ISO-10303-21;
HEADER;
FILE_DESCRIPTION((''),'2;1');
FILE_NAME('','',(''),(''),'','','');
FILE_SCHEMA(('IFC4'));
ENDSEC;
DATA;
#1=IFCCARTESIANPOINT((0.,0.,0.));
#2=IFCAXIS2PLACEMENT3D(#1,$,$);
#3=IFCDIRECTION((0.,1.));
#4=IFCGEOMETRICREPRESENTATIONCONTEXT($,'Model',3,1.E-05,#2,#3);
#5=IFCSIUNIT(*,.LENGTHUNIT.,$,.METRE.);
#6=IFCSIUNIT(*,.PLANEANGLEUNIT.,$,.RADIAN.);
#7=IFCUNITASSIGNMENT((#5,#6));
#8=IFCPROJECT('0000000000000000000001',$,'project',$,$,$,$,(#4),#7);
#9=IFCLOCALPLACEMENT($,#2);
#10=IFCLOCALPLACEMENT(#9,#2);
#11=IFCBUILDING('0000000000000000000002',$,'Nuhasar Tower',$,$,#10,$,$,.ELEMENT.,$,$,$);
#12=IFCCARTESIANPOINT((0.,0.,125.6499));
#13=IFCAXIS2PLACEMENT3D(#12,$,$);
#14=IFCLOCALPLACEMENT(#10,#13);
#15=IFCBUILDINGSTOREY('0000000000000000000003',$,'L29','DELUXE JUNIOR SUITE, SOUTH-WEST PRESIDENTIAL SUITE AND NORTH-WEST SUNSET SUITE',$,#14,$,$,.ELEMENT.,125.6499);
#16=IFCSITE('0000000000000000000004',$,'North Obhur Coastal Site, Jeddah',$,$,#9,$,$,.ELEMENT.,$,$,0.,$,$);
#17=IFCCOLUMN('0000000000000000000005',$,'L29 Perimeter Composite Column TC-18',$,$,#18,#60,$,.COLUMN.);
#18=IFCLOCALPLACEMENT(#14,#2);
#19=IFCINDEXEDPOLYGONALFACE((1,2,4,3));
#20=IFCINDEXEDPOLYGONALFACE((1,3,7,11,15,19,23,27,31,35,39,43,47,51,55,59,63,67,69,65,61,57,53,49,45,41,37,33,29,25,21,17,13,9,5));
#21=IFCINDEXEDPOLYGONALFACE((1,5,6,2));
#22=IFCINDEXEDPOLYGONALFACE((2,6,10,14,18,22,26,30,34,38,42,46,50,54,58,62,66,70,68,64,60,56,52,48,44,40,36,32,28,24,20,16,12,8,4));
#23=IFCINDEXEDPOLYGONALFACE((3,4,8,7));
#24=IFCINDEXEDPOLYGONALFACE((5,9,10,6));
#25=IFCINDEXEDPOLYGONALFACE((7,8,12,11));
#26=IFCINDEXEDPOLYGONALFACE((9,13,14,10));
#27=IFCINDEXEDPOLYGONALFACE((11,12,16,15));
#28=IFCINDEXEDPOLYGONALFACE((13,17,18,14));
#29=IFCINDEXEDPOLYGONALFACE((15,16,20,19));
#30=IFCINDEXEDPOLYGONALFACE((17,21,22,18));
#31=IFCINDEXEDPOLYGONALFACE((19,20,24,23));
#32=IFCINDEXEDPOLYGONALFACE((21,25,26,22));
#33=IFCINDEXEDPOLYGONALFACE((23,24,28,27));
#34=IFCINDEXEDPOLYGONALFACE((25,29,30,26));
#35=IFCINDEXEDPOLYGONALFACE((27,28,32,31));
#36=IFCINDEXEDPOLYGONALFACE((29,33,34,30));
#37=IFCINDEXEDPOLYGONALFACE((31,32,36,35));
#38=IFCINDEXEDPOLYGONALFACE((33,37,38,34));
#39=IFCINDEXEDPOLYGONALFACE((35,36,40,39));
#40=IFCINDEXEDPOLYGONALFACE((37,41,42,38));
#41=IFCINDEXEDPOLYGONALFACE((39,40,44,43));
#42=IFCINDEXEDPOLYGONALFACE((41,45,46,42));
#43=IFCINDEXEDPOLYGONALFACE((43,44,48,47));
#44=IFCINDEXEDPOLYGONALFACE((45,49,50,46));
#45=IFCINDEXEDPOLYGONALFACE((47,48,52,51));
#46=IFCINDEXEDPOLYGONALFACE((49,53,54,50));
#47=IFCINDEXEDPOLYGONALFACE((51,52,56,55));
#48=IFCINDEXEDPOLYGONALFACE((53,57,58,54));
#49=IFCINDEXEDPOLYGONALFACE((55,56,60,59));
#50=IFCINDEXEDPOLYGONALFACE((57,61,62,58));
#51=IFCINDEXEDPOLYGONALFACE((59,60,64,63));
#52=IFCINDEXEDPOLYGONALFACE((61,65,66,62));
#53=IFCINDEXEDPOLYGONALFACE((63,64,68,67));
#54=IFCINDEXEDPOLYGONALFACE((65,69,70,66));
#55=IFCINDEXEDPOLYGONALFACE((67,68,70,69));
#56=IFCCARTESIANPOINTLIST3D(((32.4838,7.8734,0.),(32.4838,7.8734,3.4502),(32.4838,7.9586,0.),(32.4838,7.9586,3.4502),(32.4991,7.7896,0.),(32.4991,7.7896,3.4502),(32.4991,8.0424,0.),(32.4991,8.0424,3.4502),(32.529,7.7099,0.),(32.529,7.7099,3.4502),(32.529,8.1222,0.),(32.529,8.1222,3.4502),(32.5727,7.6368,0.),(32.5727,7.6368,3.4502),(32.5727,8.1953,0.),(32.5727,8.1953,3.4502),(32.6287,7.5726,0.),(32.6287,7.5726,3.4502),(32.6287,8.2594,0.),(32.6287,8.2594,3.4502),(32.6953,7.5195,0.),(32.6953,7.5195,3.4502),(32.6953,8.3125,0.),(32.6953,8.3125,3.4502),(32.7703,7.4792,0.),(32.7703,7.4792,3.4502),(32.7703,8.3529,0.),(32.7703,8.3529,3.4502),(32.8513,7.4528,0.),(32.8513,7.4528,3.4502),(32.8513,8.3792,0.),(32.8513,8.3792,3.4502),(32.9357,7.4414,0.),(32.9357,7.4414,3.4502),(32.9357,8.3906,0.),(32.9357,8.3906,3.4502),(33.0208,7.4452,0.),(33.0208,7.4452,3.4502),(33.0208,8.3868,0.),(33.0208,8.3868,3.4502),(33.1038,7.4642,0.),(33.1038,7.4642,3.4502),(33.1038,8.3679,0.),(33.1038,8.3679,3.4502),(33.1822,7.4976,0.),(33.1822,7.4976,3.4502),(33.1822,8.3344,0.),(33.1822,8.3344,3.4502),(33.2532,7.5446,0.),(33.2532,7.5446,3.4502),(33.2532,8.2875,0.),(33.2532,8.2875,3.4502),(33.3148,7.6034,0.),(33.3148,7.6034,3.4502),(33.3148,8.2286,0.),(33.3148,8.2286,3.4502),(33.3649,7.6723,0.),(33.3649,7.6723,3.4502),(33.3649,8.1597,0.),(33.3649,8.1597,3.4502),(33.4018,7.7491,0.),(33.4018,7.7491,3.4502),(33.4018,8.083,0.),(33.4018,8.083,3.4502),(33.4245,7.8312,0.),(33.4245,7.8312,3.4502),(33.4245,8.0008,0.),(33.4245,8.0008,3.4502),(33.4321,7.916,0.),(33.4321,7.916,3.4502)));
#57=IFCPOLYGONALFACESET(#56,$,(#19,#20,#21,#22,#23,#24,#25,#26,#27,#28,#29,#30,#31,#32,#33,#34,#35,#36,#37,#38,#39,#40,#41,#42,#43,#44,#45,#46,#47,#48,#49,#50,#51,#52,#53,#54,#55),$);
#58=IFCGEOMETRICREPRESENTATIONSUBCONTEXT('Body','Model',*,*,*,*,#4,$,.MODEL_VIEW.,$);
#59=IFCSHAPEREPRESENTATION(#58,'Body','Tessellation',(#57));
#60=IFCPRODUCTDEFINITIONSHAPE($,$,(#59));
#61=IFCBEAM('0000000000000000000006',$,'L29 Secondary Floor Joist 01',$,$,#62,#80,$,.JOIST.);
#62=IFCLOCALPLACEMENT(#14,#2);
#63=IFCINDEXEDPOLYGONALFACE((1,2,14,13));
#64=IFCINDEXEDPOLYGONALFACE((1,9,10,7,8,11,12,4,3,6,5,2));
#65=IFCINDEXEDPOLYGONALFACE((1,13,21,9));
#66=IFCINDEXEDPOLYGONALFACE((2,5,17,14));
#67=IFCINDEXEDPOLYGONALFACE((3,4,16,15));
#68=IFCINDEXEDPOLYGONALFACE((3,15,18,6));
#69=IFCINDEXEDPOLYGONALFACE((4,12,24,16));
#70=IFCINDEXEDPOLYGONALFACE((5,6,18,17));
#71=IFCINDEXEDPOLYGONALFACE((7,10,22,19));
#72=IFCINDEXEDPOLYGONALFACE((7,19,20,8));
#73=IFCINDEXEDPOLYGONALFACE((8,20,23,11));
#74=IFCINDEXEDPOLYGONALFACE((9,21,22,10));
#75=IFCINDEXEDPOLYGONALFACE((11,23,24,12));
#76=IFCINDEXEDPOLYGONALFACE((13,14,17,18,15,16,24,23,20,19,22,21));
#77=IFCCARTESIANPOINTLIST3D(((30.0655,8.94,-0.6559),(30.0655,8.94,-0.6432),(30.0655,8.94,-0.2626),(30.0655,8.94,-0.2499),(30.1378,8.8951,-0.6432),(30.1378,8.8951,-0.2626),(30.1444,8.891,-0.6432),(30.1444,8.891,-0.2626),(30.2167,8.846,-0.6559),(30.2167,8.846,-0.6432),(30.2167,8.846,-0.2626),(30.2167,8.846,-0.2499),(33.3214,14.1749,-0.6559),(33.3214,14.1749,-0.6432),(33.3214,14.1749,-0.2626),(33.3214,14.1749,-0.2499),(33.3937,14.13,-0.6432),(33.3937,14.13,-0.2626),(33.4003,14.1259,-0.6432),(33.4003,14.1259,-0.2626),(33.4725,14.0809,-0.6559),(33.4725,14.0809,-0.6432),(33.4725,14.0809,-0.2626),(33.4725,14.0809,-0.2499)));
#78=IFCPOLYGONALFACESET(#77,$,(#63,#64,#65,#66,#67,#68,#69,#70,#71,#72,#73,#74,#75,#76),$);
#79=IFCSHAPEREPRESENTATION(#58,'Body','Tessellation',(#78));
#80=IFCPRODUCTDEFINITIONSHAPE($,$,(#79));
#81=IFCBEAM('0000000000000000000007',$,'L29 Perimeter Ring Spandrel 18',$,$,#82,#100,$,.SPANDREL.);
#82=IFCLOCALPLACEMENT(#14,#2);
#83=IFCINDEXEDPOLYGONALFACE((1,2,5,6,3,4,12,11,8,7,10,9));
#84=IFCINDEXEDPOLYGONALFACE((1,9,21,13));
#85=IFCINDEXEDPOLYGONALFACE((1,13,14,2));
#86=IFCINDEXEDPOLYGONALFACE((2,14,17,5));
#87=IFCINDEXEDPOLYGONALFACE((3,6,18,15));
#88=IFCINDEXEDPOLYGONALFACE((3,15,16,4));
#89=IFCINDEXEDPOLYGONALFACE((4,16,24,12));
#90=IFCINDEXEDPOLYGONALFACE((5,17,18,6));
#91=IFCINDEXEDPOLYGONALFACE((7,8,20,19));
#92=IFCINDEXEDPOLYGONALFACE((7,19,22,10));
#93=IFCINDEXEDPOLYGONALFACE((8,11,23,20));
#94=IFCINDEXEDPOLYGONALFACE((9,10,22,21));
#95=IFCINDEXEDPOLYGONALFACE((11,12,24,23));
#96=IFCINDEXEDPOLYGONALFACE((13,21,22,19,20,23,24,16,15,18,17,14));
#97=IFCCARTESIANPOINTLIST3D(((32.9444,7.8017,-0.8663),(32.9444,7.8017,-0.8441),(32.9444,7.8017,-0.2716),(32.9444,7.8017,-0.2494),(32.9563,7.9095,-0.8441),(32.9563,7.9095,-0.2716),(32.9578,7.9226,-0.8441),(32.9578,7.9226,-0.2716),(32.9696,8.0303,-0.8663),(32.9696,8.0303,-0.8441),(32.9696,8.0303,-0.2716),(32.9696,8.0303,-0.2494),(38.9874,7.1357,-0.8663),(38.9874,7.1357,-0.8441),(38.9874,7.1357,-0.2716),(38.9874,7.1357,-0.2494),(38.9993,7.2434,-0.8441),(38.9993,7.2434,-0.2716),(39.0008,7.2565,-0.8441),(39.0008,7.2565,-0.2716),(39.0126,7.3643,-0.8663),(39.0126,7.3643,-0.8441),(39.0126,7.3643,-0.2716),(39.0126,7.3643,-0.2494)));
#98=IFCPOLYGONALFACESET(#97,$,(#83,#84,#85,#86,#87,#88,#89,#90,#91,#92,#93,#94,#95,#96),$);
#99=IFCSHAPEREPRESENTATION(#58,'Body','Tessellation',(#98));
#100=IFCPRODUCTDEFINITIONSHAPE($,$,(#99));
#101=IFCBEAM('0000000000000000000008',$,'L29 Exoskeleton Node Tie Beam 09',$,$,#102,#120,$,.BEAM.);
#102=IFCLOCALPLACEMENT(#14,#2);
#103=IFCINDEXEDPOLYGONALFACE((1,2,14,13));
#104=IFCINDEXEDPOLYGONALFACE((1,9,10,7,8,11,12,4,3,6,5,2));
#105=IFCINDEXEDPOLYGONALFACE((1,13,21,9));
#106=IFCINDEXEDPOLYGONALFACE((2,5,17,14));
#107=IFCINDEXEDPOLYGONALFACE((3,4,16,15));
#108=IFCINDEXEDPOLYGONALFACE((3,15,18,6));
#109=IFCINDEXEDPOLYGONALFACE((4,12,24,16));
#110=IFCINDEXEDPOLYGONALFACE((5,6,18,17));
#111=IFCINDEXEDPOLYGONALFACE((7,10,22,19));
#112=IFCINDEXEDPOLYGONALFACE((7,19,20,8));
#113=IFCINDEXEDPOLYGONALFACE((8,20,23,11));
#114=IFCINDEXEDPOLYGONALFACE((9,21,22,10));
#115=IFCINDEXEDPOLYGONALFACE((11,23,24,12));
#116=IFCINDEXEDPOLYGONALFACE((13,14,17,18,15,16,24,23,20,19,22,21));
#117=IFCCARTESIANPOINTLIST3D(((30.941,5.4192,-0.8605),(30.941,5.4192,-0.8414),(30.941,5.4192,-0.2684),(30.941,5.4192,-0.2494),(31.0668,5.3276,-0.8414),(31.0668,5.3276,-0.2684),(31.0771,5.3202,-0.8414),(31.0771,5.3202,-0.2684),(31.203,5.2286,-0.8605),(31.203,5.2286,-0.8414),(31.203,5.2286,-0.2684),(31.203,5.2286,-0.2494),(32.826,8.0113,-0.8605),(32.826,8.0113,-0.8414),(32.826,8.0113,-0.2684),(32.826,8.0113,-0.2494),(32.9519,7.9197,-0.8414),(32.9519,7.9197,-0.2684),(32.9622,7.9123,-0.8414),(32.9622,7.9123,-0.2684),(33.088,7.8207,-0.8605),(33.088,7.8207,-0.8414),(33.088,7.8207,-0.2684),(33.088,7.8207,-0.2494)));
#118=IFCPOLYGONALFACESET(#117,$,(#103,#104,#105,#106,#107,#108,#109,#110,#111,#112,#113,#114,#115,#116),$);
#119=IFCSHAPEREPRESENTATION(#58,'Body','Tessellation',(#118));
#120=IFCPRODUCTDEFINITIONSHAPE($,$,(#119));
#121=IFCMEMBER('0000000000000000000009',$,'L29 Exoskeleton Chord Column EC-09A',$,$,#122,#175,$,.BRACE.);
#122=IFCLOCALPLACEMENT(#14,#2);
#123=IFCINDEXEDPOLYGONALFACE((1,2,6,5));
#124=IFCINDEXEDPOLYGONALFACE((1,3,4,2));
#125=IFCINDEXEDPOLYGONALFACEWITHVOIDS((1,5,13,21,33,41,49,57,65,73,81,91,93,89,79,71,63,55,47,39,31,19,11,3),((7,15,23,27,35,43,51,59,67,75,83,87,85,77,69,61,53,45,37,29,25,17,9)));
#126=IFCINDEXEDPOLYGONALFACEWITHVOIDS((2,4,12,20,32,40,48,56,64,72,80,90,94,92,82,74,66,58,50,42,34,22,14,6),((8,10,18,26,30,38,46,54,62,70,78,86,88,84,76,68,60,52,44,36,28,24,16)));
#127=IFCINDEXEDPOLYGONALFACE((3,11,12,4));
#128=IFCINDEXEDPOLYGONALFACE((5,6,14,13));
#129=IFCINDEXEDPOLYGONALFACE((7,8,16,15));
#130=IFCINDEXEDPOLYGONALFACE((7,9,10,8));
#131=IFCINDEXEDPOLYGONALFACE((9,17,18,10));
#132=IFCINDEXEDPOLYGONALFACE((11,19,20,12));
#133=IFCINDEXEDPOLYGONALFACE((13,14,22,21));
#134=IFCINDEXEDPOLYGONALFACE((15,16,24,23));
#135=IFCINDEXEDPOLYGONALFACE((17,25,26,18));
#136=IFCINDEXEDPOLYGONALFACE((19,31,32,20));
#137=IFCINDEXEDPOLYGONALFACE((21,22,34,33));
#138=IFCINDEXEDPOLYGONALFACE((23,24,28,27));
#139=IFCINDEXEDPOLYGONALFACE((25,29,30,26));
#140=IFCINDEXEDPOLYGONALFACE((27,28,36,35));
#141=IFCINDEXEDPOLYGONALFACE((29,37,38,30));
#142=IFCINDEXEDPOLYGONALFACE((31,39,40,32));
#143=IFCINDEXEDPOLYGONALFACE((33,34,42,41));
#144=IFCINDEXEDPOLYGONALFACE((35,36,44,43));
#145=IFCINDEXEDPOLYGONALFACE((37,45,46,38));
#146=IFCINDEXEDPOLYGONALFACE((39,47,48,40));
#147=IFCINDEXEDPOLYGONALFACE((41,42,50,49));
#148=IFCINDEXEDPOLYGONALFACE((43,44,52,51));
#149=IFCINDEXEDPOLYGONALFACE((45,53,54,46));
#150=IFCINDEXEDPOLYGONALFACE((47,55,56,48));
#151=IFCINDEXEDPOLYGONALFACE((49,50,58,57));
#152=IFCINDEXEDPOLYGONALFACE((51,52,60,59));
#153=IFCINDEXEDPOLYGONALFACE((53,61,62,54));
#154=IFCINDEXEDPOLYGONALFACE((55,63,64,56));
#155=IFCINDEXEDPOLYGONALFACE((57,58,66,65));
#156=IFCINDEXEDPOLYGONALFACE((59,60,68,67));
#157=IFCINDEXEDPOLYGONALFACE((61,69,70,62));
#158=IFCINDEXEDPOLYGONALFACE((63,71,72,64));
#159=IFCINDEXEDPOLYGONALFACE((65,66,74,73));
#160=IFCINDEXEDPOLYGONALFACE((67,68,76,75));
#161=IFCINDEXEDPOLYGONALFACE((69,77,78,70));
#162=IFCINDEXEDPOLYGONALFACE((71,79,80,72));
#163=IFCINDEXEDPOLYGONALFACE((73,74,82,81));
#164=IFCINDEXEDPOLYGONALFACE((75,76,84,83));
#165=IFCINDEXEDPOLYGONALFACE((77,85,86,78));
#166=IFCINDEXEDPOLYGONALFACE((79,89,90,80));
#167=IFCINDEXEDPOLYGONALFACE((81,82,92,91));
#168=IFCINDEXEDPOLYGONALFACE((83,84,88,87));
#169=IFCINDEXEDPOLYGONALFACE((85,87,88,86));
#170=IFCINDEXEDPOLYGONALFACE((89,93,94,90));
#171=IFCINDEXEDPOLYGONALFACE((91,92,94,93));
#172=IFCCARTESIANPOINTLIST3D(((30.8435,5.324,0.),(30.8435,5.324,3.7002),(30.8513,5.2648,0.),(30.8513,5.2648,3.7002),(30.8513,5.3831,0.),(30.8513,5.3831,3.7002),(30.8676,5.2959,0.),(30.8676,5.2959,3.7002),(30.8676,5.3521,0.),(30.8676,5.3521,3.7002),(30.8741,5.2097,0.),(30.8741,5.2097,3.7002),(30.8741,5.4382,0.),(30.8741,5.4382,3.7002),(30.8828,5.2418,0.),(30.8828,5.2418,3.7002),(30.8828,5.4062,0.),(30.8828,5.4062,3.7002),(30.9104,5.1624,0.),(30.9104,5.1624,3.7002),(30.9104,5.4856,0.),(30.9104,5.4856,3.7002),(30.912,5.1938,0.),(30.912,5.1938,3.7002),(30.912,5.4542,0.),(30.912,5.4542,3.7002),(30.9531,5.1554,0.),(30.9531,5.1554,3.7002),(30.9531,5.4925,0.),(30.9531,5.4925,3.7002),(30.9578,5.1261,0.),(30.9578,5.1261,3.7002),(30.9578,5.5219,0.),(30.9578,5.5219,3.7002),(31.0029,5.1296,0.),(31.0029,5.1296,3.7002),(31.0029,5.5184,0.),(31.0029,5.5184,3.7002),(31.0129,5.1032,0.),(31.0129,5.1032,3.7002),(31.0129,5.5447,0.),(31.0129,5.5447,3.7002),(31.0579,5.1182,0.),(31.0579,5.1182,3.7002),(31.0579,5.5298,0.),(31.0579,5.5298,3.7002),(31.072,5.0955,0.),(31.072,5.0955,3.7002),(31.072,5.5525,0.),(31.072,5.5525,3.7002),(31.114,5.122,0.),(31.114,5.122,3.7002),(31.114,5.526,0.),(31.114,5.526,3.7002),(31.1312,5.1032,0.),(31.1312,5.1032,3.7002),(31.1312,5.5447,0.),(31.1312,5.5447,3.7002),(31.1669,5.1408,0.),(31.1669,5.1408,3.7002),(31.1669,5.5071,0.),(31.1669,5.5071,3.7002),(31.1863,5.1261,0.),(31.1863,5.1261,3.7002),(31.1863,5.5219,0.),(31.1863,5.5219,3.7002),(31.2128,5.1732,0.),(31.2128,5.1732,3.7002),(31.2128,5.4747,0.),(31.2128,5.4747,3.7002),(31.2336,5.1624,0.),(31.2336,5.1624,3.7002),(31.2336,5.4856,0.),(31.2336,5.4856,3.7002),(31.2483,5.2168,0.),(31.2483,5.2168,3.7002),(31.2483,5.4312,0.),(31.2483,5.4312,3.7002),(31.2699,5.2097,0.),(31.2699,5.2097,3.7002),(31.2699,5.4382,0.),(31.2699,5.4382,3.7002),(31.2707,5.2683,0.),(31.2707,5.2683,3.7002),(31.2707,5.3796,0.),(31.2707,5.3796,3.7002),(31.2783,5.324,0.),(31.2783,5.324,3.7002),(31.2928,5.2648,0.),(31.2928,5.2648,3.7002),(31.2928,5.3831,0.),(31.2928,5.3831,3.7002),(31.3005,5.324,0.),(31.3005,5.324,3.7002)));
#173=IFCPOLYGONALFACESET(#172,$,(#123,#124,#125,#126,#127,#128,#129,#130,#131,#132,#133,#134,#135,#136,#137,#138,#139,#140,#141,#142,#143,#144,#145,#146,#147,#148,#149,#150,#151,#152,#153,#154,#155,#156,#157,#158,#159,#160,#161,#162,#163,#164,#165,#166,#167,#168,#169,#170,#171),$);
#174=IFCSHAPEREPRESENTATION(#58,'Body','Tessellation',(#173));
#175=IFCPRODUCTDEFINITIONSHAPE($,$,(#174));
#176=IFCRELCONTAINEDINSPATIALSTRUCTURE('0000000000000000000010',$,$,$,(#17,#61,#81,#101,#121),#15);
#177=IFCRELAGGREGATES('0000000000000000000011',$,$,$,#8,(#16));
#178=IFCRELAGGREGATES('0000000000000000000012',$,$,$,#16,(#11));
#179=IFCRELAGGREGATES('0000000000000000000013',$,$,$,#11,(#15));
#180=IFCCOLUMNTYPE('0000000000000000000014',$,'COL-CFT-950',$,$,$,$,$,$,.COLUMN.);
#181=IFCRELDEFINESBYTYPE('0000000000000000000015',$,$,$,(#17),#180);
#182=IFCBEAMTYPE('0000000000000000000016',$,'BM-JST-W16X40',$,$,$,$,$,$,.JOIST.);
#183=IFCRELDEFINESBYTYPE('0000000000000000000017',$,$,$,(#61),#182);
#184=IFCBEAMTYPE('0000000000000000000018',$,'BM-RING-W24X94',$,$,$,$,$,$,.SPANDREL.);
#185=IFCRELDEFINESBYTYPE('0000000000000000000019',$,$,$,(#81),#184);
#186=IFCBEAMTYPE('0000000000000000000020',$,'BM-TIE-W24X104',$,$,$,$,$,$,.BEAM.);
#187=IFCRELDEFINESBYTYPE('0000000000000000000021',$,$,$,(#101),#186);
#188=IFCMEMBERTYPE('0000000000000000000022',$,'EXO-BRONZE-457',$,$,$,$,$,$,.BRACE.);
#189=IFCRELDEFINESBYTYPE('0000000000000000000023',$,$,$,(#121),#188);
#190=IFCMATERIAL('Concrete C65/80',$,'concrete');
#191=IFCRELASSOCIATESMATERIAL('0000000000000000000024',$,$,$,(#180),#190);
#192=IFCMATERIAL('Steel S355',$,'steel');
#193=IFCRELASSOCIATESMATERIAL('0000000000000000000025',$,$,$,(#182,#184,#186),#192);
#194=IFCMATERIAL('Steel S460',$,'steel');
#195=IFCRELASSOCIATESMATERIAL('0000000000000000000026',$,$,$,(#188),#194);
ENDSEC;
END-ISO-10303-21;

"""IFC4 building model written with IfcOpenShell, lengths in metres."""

from ifc_helpers import new_model, si_unit, direction, frame, origin, origin_2d, place, context, subcontext, project, spatial, circle, hollow_circle, i_section, extrude, material, material_profile, profile_set, type_object, element, save


model = new_model("IFC4")

# Units and contexts
model_context = context("Model", 3, precision=1e-05, world=origin(), true_north=direction((0.0, 1.0)))
body_context = subcontext(model_context, "Body", "Model", "MODEL_VIEW")
ifc_project = project(units=[si_unit("LENGTHUNIT", "METRE"), si_unit("PLANEANGLEUNIT", "RADIAN")], contexts=[model_context])

# Site, building, storey
site_placement = place(None, origin())
site = spatial("IfcSite", under=ifc_project, at=site_placement, Name="North Obhur Coastal Site, Jeddah", CompositionType="ELEMENT", RefElevation=0.0)
building_placement = place(site_placement, origin())
building = spatial("IfcBuilding", under=site, at=building_placement, Name="Nuhasar Tower", CompositionType="ELEMENT")
storey_placement = place(building_placement, frame((0.0, 0.0, 125.6499)))
storey = spatial("IfcBuildingStorey", under=building, at=storey_placement, Name="L29", Description="DELUXE JUNIOR SUITE, SOUTH-WEST PRESIDENTIAL SUITE AND NORTH-WEST SUNSET SUITE", CompositionType="ELEMENT", Elevation=125.6499)

# Column
ifc_material_1 = material(Name="Concrete C65/80", Category="concrete")
ifc_material_profile_1 = material_profile(ifc_material_1, circle(Radius=0.4751, at=origin_2d()), Name="CFT950")
ifc_profile_set_1 = profile_set([ifc_material_profile_1], Name="Concrete C65/80")
column_type = type_object("IfcColumnType", Name="COL-CFT-950", PredefinedType="COLUMN", material=ifc_profile_set_1)
column_placement = place(storey_placement, frame((32.957, 7.916, 0.0), z_axis=(0.0, 0.0, 1.0), x_axis=(1.0, 0.0, 0.0)))
element("IfcColumn", 1, at=column_placement, inside=storey, type_object=column_type, Name="L29 Perimeter Composite Column TC-18", PredefinedType="COLUMN", context=body_context, shape_type="SweptSolid", body=[
    extrude(circle(Radius=0.4751, at=origin_2d()), origin(), (0.0, 0.0, 1.0), 3.4502),
])

# Beams
ifc_material_2 = material(Name="Steel S355", Category="steel")
ifc_material_profile_2 = material_profile(ifc_material_2, i_section(OverallWidth=0.178, OverallDepth=0.406, WebThickness=0.0078, FlangeThickness=0.0127, at=origin_2d()), Name="W16X40")
ifc_profile_set_2 = profile_set([ifc_material_profile_2], Name="Steel S355")
beam_type_1 = type_object("IfcBeamType", Name="BM-JST-W16X40", PredefinedType="JOIST", material=ifc_profile_set_2)
beam_1_placement = place(storey_placement, frame((33.397, 14.1279, -0.4529), z_axis=(-0.528139, -0.849158, 0.0), x_axis=(0.849158, -0.528139, 0.0)))
element("IfcBeam", 2, at=beam_1_placement, inside=storey, type_object=beam_type_1, Name="L29 Secondary Floor Joist 01", PredefinedType="JOIST", context=body_context, shape_type="SweptSolid", body=[
    extrude(i_section(OverallWidth=0.178, OverallDepth=0.406, WebThickness=0.0078, FlangeThickness=0.0127, at=origin_2d()), origin(), (0.0, 0.0, 1.0), 6.1648),
])
ifc_material_profile_3 = material_profile(ifc_material_2, i_section(OverallWidth=0.23, OverallDepth=0.6169, WebThickness=0.0132, FlangeThickness=0.0222, at=origin_2d()), Name="W24X94")
ifc_profile_set_3 = profile_set([ifc_material_profile_3], Name="Steel S355")
beam_type_2 = type_object("IfcBeamType", Name="BM-RING-W24X94", PredefinedType="SPANDREL", material=ifc_profile_set_3)
beam_2_placement = place(storey_placement, frame((32.957, 7.916, -0.5579), z_axis=(0.993981, -0.10955, 0.0), x_axis=(0.10955, 0.993981, 0.0)))
element("IfcBeam", 3, at=beam_2_placement, inside=storey, type_object=beam_type_2, Name="L29 Perimeter Ring Spandrel 18", PredefinedType="SPANDREL", context=body_context, shape_type="SweptSolid", body=[
    extrude(i_section(OverallWidth=0.23, OverallDepth=0.6169, WebThickness=0.0132, FlangeThickness=0.0222, at=origin_2d()), origin(), (0.0, 0.0, 1.0), 6.0796),
])
ifc_material_profile_4 = material_profile(ifc_material_2, i_section(OverallWidth=0.324, OverallDepth=0.6111, WebThickness=0.0127, FlangeThickness=0.019, at=origin_2d()), Name="W24X104")
ifc_profile_set_4 = profile_set([ifc_material_profile_4], Name="Steel S355")
beam_type_3 = type_object("IfcBeamType", Name="BM-TIE-W24X104", PredefinedType="BEAM", material=ifc_profile_set_4)
beam_3_placement = place(storey_placement, frame((32.957, 7.916, -0.5549), z_axis=(-0.588149, -0.808753, 0.0), x_axis=(0.808753, -0.588149, 0.0)))
element("IfcBeam", 4, at=beam_3_placement, inside=storey, type_object=beam_type_3, Name="L29 Exoskeleton Node Tie Beam 09", PredefinedType="BEAM", context=body_context, shape_type="SweptSolid", body=[
    extrude(i_section(OverallWidth=0.324, OverallDepth=0.6111, WebThickness=0.0127, FlangeThickness=0.019, at=origin_2d()), origin(), (0.0, 0.0, 1.0), 3.2051),
])

# Member
ifc_material_3 = material(Name="Steel S460", Category="steel")
ifc_material_profile_5 = material_profile(ifc_material_3, hollow_circle(Radius=0.2285, WallThickness=0.0222, at=origin_2d()), Name="HSS457X22.2")
ifc_profile_set_5 = profile_set([ifc_material_profile_5], Name="Steel S460")
member_type = type_object("IfcMemberType", Name="EXO-BRONZE-457", PredefinedType="BRACE", material=ifc_profile_set_5)
for number, where, z_axis, x_axis, name in (
    (5, (31.072, 5.324, 0.0), (0.0, 0.0, 1.0), (1.0, 0.0, 0.0), "L29 Exoskeleton Chord Column EC-09A"),
):
    element("IfcMember", number, at=place(storey_placement, frame(where, z_axis=z_axis, x_axis=x_axis)), inside=storey, type_object=member_type, Name=name, PredefinedType="BRACE", context=body_context, shape_type="SweptSolid", body=[
        extrude(hollow_circle(Radius=0.2285, WallThickness=0.0222, at=origin_2d()), origin(), (0.0, 0.0, 1.0), 3.7002),
    ])

save(model, "model.ifc")
